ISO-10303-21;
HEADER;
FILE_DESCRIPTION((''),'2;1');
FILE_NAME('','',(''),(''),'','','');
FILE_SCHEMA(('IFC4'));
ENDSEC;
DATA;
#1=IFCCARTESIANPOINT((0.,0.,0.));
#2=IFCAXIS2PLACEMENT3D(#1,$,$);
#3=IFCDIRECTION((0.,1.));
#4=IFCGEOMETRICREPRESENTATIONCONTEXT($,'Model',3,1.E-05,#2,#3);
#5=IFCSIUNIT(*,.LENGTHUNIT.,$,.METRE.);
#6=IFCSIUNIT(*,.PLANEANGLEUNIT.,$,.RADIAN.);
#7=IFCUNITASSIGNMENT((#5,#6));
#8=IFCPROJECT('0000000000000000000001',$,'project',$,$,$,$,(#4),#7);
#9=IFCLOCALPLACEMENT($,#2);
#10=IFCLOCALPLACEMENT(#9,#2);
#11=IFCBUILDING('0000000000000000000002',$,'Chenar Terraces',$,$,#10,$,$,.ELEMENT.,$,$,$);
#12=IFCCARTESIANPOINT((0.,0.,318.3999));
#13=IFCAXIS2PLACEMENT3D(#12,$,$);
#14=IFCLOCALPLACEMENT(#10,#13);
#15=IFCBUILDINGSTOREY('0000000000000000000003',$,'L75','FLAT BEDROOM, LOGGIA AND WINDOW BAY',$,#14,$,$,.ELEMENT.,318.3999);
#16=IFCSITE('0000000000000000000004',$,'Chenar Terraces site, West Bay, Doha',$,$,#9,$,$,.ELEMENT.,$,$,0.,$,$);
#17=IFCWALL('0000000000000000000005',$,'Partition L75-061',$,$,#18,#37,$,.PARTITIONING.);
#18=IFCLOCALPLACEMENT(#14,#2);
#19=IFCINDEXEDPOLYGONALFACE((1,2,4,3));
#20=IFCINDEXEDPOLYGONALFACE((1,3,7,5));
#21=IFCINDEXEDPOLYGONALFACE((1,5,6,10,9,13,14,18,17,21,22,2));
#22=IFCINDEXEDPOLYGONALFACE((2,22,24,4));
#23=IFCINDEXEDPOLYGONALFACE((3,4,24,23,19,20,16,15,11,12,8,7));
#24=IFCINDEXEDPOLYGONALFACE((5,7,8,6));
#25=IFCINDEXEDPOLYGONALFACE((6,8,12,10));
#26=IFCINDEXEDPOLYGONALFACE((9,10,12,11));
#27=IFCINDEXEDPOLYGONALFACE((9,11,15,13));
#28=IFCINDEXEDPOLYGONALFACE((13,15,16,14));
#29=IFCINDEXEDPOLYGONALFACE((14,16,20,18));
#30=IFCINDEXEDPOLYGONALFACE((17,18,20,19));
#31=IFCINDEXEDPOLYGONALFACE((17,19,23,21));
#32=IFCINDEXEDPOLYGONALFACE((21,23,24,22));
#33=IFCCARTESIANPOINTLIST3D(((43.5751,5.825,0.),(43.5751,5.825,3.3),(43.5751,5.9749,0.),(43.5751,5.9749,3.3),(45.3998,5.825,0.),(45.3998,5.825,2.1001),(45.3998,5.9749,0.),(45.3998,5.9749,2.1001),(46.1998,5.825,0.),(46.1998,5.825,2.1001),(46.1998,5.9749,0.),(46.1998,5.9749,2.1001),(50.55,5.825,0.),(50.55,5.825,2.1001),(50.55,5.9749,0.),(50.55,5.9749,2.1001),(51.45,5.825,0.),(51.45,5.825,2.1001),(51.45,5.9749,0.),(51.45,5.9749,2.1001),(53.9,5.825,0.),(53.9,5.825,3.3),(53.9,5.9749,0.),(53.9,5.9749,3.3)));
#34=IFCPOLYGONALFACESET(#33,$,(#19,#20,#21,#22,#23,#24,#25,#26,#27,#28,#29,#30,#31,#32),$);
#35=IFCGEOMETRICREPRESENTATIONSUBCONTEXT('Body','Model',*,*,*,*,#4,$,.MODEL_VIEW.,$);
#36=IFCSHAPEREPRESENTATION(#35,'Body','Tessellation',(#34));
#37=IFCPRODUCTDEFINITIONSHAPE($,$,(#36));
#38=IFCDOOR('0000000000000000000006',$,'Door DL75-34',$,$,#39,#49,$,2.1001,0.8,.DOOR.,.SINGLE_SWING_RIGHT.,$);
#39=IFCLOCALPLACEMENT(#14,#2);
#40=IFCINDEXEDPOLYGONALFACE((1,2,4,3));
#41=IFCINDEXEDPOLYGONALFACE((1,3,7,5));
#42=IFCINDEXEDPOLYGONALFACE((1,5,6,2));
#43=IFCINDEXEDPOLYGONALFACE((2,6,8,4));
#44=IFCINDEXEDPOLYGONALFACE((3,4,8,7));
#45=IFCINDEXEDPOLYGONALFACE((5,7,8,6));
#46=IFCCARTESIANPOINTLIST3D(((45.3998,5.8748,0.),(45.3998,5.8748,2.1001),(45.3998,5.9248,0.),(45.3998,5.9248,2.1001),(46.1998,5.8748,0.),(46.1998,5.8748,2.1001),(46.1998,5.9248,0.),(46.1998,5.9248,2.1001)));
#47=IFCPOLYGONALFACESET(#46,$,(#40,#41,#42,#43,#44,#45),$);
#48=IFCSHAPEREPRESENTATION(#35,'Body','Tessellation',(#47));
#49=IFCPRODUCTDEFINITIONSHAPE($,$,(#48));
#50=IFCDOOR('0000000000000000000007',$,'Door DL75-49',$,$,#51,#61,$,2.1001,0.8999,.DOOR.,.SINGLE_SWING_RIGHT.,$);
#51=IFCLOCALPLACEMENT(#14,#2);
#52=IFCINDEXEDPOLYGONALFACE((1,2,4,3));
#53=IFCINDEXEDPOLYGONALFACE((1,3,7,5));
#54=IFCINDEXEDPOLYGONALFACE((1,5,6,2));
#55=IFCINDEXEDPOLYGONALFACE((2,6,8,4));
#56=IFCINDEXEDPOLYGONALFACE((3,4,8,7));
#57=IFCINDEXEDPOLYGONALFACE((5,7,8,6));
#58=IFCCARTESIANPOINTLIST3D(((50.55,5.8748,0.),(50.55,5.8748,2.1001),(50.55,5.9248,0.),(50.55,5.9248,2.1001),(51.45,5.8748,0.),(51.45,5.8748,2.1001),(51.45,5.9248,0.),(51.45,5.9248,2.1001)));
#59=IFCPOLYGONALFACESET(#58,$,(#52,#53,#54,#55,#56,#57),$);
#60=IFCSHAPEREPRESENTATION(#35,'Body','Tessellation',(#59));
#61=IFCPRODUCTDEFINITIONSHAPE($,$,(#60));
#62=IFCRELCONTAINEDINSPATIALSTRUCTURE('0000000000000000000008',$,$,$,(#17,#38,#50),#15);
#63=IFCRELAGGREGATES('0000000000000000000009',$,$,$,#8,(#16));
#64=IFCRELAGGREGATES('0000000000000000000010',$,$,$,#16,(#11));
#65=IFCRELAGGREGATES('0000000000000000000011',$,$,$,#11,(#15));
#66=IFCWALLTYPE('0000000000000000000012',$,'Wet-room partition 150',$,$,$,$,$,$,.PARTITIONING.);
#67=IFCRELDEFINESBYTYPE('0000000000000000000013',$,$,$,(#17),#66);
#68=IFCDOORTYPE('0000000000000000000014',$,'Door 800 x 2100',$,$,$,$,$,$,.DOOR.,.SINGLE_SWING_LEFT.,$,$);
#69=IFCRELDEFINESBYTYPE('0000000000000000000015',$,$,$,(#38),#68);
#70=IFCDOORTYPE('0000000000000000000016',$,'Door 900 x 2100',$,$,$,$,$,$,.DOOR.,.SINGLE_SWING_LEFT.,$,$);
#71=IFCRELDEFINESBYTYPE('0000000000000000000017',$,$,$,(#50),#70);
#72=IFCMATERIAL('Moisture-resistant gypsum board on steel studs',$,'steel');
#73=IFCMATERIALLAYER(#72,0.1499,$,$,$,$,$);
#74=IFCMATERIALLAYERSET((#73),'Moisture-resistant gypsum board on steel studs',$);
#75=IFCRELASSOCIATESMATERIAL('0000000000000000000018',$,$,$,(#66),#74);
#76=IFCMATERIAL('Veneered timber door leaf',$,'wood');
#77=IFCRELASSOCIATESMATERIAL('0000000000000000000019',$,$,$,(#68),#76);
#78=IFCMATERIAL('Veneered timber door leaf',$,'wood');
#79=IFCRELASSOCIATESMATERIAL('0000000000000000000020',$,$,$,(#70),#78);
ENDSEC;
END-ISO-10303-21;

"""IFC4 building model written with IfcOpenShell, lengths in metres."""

from ifc_helpers import new_model, si_unit, direction, frame, frame_2d, origin, place, context, subcontext, project, spatial, rectangle, extrude, material, layer, layer_set, type_object, element, fill, save


model = new_model("IFC4")

# Units and contexts
model_context = context("Model", 3, precision=1e-05, world=origin(), true_north=direction((0.0, 1.0)))
body_context = subcontext(model_context, "Body", "Model", "MODEL_VIEW")
ifc_project = project(units=[si_unit("LENGTHUNIT", "METRE"), si_unit("PLANEANGLEUNIT", "RADIAN")], contexts=[model_context])

# Site, building, storey
site_placement = place(None, origin())
site = spatial("IfcSite", under=ifc_project, at=site_placement, Name="Chenar Terraces site, West Bay, Doha", CompositionType="ELEMENT", RefElevation=0.0)
building_placement = place(site_placement, origin())
building = spatial("IfcBuilding", under=site, at=building_placement, Name="Chenar Terraces", CompositionType="ELEMENT")
storey_placement = place(building_placement, frame((0.0, 0.0, 318.3999)))
storey = spatial("IfcBuildingStorey", under=building, at=storey_placement, Name="L75", Description="FLAT BEDROOM, LOGGIA AND WINDOW BAY", CompositionType="ELEMENT", Elevation=318.3999)

# Wall, openings, doors
ifc_material_1 = material(Name="Moisture-resistant gypsum board on steel studs", Category="steel")
ifc_layer_1 = layer(ifc_material_1, 0.1499)
ifc_layer_set_1 = layer_set([ifc_layer_1], Name="Moisture-resistant gypsum board on steel studs")
wall_type_1 = type_object("IfcWallType", Name="Wet-room partition 150", PredefinedType="PARTITIONING", material=ifc_layer_set_1)
wall_1_placement = place(storey_placement, frame((43.575, 5.8999, 0.0), z_axis=(0.0, 0.0, 1.0), x_axis=(1.0, 0.0, 0.0)))
wall_1 = element("IfcWall", 1, at=wall_1_placement, inside=storey, type_object=wall_type_1, Name="Partition L75-061", PredefinedType="PARTITIONING", context=body_context, shape_type="SweptSolid", body=[
    extrude(rectangle(XDim=10.325, YDim=0.1499, at=frame_2d((5.1626, 0.0))), origin(), (0.0, 0.0, 1.0), 3.3),
])
opening_1_placement = place(wall_1_placement, frame((1.825, 0.0, 0.0)))
opening_1 = element("IfcOpeningElement", 2, at=opening_1_placement, cuts=wall_1, PredefinedType="OPENING", context=body_context, shape_type="SweptSolid", body=[
    extrude(rectangle(XDim=0.8, YDim=2.1001, at=frame_2d((0.3999, 1.05))), frame((0.0, 0.085, 0.0), z_axis=(0.0, -1.0, 0.0), x_axis=(1.0, 0.0, 0.0)), (0.0, 0.0, 1.0), 0.1699),
])
opening_2_placement = place(wall_1_placement, frame((6.9751, 0.0, 0.0)))
opening_2 = element("IfcOpeningElement", 3, at=opening_2_placement, cuts=wall_1, PredefinedType="OPENING", context=body_context, shape_type="SweptSolid", body=[
    extrude(rectangle(XDim=0.8999, YDim=2.1001, at=frame_2d((0.45, 1.05))), frame((0.0, 0.085, 0.0), z_axis=(0.0, -1.0, 0.0), x_axis=(1.0, 0.0, 0.0)), (0.0, 0.0, 1.0), 0.1699),
])
ifc_material_2 = material(Name="Veneered timber door leaf", Category="wood")
door_type_1 = type_object("IfcDoorType", Name="Door 800 x 2100", OperationType="SINGLE_SWING_LEFT", PredefinedType="DOOR", material=ifc_material_2)
door_1_placement = place(opening_1_placement, origin())
door_1 = element("IfcDoor", 4, at=door_1_placement, inside=storey, type_object=door_type_1, Name="Door DL75-34", OperationType="SINGLE_SWING_RIGHT", OverallHeight=2.1001, OverallWidth=0.8, PredefinedType="DOOR", context=body_context, shape_type="SweptSolid", body=[
    extrude(rectangle(XDim=0.8, YDim=2.1001, at=frame_2d((0.3999, 1.05))), frame((0.0, 0.0249, 0.0), z_axis=(0.0, -1.0, 0.0), x_axis=(1.0, 0.0, 0.0)), (0.0, 0.0, 1.0), 0.05),
])
fill(opening_1, door_1)
ifc_material_3 = material(Name="Veneered timber door leaf", Category="wood")
door_type_2 = type_object("IfcDoorType", Name="Door 900 x 2100", OperationType="SINGLE_SWING_LEFT", PredefinedType="DOOR", material=ifc_material_3)
door_2_placement = place(opening_2_placement, origin())
door_2 = element("IfcDoor", 5, at=door_2_placement, inside=storey, type_object=door_type_2, Name="Door DL75-49", OperationType="SINGLE_SWING_RIGHT", OverallHeight=2.1001, OverallWidth=0.8999, PredefinedType="DOOR", context=body_context, shape_type="SweptSolid", body=[
    extrude(rectangle(XDim=0.8999, YDim=2.1001, at=frame_2d((0.45, 1.05))), frame((0.0, 0.0249, 0.0), z_axis=(0.0, -1.0, 0.0), x_axis=(1.0, 0.0, 0.0)), (0.0, 0.0, 1.0), 0.05),
])
fill(opening_2, door_2)

save(model, "model.ifc")
